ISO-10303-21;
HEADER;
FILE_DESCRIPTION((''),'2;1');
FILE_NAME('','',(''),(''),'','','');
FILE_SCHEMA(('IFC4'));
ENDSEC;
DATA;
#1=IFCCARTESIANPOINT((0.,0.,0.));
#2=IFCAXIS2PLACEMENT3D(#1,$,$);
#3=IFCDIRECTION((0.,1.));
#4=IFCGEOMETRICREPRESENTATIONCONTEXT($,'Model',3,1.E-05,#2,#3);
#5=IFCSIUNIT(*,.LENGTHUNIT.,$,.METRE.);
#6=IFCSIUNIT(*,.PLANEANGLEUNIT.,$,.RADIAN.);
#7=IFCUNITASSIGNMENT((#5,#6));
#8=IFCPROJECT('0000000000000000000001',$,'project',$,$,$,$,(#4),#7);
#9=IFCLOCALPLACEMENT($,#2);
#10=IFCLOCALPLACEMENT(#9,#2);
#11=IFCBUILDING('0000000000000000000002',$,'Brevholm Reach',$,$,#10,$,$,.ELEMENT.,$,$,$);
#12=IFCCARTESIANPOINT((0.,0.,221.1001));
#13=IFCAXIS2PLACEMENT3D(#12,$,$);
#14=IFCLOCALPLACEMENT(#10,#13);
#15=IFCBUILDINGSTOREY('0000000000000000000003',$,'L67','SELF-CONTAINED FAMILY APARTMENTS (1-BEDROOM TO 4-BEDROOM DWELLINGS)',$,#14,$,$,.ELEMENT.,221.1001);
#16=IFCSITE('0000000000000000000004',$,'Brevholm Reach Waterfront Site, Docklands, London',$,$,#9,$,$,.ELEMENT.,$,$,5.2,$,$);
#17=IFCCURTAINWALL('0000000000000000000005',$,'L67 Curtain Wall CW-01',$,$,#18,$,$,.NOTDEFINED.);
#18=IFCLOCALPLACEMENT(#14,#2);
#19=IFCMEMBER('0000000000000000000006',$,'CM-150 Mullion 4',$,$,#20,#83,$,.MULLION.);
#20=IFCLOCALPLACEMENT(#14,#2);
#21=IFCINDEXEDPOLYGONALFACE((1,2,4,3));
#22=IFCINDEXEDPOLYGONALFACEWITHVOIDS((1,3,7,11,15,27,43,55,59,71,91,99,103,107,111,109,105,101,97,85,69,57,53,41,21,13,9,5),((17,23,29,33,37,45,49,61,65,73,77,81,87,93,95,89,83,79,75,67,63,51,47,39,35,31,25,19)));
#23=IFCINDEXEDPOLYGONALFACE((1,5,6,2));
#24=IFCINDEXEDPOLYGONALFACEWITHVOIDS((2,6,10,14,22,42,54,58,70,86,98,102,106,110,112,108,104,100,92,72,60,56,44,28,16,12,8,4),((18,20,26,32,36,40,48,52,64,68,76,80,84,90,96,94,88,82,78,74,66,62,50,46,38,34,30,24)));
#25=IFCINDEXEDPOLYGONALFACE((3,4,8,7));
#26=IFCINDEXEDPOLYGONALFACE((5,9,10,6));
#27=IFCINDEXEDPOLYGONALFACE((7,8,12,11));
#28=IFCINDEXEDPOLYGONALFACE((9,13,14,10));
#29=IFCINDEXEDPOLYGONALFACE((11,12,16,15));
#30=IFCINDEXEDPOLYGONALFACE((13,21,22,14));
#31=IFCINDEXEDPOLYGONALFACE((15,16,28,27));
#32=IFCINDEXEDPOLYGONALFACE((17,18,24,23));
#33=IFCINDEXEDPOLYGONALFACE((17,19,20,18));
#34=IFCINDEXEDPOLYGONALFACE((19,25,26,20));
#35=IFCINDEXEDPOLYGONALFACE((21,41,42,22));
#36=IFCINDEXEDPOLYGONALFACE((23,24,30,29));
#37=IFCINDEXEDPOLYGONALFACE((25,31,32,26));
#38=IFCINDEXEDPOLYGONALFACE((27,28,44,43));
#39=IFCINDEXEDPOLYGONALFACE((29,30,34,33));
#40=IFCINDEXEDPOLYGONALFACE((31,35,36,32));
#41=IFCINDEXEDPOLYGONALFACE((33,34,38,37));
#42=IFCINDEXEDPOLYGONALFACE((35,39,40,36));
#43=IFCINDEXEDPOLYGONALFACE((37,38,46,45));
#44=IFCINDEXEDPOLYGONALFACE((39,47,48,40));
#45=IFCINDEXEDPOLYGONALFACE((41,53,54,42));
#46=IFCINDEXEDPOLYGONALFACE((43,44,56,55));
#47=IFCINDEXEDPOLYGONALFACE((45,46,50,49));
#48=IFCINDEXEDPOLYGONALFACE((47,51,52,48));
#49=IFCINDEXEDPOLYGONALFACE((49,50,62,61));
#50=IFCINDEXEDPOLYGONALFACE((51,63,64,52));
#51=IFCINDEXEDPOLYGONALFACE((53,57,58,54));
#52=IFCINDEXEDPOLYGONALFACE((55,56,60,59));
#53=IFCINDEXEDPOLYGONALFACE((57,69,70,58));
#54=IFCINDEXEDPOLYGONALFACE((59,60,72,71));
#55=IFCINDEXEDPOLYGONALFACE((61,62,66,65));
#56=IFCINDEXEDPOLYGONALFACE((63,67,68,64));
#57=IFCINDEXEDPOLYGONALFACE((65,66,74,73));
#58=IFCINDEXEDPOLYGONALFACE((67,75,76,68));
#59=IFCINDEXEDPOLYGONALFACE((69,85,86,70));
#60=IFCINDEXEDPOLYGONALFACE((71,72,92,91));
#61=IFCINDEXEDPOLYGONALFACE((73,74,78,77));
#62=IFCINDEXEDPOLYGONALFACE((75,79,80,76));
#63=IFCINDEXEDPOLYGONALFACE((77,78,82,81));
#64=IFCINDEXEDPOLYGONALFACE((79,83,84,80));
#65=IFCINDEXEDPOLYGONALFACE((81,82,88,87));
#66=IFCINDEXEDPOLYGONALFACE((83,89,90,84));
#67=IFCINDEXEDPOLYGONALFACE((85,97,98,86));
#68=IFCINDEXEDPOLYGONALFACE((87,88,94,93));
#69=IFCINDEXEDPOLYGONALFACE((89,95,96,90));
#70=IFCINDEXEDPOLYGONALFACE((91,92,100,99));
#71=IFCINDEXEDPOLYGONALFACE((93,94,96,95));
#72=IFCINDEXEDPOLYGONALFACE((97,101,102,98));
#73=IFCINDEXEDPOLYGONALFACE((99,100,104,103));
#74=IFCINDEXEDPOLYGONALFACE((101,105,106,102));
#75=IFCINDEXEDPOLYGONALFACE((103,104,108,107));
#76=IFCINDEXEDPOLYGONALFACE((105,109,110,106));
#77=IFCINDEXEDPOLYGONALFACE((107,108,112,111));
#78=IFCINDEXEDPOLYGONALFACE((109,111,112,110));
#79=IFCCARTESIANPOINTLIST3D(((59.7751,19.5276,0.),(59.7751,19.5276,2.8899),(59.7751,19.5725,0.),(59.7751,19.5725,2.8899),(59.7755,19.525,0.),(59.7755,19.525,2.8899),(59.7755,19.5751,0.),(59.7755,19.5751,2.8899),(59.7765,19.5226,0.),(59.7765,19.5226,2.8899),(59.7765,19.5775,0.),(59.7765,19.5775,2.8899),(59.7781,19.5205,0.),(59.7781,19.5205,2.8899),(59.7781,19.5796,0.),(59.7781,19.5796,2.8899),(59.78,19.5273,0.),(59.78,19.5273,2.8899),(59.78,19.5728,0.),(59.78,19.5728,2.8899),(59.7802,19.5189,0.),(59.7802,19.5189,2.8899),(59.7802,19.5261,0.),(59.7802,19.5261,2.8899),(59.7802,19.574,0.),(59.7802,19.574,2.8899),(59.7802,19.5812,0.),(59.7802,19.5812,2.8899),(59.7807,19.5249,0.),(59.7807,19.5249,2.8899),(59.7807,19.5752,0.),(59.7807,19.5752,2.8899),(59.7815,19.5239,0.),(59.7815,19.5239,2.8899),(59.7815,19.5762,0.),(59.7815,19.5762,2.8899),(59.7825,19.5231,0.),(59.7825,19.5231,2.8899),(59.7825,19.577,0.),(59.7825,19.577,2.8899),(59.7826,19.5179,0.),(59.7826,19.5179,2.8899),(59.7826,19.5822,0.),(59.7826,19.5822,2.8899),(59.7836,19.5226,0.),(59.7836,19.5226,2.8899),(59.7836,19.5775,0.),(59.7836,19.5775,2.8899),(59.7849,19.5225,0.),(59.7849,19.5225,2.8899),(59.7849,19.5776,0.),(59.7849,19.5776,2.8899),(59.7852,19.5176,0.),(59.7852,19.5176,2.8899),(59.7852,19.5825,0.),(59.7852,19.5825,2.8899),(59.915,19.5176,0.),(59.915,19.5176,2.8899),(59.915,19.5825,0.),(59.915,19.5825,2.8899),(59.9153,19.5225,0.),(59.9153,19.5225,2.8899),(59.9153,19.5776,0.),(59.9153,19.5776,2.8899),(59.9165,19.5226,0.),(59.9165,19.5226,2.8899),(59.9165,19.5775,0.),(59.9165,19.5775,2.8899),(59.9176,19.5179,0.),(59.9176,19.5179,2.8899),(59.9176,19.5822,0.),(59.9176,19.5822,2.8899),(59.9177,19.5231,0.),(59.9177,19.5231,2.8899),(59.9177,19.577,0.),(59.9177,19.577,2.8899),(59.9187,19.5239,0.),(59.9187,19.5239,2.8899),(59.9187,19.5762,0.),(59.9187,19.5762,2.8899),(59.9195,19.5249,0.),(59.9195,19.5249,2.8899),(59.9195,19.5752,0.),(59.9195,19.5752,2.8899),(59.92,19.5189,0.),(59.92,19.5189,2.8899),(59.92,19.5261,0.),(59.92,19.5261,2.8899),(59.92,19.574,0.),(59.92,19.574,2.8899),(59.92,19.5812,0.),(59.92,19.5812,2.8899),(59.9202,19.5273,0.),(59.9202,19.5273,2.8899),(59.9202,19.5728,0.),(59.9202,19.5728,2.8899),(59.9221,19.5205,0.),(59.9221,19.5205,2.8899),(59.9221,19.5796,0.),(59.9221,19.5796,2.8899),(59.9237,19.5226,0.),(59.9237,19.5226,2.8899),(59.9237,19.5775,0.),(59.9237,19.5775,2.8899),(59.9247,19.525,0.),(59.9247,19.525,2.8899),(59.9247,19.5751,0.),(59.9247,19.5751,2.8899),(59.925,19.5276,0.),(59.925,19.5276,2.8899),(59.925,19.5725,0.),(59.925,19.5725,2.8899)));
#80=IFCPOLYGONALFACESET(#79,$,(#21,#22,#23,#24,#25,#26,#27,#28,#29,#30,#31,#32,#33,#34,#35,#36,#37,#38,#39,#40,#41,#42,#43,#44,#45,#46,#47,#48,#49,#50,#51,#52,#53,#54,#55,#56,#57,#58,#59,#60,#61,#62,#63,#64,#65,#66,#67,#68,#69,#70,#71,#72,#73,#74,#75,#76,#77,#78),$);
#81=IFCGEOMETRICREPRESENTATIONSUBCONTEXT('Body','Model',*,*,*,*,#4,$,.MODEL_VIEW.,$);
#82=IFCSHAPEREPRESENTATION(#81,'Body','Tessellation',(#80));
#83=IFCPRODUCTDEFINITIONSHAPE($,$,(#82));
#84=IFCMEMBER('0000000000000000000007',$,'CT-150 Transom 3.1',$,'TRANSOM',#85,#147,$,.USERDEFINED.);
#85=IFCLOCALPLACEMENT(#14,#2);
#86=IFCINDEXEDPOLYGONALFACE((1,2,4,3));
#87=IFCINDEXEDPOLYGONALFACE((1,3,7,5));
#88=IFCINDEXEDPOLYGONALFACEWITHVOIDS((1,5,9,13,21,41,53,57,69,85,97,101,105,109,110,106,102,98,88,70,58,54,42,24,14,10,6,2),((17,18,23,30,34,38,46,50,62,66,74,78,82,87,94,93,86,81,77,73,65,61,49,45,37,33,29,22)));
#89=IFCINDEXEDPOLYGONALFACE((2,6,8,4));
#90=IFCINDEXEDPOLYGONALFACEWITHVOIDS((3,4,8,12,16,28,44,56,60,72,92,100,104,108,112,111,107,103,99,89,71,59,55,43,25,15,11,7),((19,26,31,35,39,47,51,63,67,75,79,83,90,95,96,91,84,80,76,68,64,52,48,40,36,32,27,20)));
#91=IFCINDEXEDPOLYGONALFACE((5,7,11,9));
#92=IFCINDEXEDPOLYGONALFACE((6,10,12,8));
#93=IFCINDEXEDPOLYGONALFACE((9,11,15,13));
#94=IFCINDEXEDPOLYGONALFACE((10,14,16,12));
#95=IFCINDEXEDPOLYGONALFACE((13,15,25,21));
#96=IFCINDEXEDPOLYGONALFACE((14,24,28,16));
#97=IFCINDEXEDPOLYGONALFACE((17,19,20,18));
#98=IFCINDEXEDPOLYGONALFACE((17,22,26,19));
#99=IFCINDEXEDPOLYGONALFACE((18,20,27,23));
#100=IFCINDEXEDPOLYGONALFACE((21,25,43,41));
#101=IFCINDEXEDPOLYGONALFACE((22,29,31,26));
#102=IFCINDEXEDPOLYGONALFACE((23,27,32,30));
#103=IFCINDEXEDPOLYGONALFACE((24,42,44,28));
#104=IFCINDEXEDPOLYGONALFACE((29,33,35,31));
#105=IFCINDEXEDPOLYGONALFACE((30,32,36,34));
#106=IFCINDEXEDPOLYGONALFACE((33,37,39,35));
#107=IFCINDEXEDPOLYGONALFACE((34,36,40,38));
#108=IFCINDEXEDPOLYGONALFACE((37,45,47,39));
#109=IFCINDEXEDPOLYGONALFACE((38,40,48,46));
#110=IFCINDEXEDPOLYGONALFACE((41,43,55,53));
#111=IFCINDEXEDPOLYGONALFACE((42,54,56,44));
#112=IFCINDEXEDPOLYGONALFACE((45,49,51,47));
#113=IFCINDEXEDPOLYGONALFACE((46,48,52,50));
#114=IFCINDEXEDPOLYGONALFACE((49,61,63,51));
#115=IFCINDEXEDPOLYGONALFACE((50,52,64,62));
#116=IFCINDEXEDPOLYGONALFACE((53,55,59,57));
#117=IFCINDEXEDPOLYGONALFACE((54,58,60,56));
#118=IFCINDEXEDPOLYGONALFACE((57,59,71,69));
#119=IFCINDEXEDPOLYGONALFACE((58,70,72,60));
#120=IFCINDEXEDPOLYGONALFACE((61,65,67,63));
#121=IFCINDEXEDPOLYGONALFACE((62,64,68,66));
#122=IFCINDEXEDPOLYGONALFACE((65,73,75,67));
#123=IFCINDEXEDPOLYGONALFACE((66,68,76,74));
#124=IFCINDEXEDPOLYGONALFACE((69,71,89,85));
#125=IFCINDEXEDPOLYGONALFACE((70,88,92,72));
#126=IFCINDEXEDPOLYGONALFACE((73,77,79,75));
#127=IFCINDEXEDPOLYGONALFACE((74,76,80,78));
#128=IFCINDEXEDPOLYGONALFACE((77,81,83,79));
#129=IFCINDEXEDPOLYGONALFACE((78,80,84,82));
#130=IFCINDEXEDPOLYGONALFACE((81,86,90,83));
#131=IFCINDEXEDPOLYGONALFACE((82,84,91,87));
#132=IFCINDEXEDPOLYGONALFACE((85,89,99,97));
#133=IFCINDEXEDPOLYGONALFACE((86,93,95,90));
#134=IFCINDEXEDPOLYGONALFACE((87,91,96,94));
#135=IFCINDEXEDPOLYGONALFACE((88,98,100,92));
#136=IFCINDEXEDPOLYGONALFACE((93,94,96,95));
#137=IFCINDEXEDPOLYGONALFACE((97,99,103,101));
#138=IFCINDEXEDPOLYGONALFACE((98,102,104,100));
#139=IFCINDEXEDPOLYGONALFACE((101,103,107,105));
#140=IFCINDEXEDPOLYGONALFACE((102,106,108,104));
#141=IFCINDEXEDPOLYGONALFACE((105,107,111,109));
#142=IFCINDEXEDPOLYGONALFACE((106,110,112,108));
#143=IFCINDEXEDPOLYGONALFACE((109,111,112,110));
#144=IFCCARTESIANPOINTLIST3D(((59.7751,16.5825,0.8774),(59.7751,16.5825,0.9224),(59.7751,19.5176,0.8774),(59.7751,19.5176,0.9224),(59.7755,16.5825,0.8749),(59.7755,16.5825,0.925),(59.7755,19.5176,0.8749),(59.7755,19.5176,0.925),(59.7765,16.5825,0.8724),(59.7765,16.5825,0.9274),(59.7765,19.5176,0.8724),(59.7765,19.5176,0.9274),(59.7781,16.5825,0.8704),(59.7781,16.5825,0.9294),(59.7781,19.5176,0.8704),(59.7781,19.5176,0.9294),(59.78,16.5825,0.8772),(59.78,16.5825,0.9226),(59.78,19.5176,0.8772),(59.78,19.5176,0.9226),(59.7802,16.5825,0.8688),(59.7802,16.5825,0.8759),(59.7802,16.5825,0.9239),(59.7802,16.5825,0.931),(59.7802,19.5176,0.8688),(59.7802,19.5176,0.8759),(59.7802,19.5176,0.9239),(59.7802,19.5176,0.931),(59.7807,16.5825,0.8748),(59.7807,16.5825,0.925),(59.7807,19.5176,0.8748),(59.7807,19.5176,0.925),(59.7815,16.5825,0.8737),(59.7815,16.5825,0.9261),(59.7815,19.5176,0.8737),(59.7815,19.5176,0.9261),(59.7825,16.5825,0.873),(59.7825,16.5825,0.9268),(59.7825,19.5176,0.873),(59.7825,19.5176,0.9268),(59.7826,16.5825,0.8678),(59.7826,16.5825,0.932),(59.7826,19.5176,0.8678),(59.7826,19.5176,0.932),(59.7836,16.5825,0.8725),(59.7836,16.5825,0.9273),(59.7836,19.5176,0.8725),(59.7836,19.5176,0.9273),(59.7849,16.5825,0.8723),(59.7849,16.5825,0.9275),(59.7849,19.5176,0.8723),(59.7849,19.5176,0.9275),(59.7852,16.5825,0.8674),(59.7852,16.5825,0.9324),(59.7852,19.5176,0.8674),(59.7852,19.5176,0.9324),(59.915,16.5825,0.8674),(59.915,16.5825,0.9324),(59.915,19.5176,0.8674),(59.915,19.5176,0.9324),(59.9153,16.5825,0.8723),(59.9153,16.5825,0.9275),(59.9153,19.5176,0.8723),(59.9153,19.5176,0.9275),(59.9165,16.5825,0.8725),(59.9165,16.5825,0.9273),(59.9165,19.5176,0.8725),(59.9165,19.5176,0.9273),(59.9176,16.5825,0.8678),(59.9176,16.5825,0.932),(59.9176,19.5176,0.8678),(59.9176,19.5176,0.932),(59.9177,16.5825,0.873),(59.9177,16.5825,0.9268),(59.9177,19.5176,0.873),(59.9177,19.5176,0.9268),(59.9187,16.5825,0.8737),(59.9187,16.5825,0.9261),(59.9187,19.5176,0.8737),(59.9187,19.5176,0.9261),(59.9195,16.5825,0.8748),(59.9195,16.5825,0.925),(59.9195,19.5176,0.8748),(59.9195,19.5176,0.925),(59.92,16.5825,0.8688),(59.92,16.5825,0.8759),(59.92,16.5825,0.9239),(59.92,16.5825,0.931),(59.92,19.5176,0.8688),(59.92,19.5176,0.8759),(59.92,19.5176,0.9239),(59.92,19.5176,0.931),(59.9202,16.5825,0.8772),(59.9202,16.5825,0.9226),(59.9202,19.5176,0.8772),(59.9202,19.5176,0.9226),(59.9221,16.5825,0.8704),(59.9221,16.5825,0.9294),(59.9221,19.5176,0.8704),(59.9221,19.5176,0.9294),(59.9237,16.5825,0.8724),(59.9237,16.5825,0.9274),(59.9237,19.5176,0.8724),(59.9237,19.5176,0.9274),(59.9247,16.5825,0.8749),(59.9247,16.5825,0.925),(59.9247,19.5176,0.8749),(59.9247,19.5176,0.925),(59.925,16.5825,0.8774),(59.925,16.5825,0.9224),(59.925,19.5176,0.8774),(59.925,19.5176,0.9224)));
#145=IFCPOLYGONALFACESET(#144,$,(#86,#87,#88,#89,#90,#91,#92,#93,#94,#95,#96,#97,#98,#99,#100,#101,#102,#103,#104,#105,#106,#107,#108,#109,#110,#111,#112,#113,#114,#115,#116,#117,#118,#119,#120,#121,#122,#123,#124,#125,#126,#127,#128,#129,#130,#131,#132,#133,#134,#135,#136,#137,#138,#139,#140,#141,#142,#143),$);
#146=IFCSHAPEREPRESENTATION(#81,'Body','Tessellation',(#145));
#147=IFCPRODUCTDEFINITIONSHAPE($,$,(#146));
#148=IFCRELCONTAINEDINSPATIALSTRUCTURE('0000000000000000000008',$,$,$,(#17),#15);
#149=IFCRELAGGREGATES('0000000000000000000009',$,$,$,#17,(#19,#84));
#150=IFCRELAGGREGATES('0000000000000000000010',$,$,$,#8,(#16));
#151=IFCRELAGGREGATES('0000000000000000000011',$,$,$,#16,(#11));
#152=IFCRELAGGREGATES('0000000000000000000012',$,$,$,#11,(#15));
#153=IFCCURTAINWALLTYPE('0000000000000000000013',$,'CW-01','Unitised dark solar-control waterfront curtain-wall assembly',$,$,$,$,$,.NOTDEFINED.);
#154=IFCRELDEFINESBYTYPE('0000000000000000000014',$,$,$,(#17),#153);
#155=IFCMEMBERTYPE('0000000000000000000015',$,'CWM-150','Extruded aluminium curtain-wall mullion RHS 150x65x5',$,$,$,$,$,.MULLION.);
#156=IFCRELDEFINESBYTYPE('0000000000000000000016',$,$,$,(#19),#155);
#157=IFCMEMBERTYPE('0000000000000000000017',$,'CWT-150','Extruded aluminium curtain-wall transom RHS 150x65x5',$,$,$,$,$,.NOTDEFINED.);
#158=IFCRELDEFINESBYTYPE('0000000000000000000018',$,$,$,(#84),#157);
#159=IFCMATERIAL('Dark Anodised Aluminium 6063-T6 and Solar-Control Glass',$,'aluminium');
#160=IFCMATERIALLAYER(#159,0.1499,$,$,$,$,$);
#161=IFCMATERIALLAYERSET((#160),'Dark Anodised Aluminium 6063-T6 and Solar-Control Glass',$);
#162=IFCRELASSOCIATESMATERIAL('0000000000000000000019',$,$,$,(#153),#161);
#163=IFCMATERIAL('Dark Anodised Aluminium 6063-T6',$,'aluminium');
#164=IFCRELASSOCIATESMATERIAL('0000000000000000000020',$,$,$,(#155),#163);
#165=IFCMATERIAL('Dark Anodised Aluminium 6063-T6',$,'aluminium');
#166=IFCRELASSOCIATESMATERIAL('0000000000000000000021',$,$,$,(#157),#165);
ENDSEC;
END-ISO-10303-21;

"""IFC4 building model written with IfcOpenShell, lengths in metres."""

from ifc_helpers import new_model, si_unit, direction, frame, origin, origin_2d, place, context, subcontext, project, spatial, hollow_rectangle, extrude, material, layer, layer_set, material_profile, profile_set, type_object, element, aggregate, save


model = new_model("IFC4")

# Units and contexts
model_context = context("Model", 3, precision=1e-05, world=origin(), true_north=direction((0.0, 1.0)))
body_context = subcontext(model_context, "Body", "Model", "MODEL_VIEW")
ifc_project = project(units=[si_unit("LENGTHUNIT", "METRE"), si_unit("PLANEANGLEUNIT", "RADIAN")], contexts=[model_context])

# Site, building, storey
site_placement = place(None, origin())
site = spatial("IfcSite", under=ifc_project, at=site_placement, Name="Brevholm Reach Waterfront Site, Docklands, London", CompositionType="ELEMENT", RefElevation=5.2)
building_placement = place(site_placement, origin())
building = spatial("IfcBuilding", under=site, at=building_placement, Name="Brevholm Reach", CompositionType="ELEMENT")
storey_placement = place(building_placement, frame((0.0, 0.0, 221.1001)))
storey = spatial("IfcBuildingStorey", under=building, at=storey_placement, Name="L67", Description="SELF-CONTAINED FAMILY APARTMENTS (1-BEDROOM TO 4-BEDROOM DWELLINGS)", CompositionType="ELEMENT", Elevation=221.1001)

# Curtain wall, members
ifc_material_1 = material(Name="Dark Anodised Aluminium 6063-T6 and Solar-Control Glass", Category="aluminium")
ifc_layer_1 = layer(ifc_material_1, 0.1499)
ifc_layer_set_1 = layer_set([ifc_layer_1], Name="Dark Anodised Aluminium 6063-T6 and Solar-Control Glass")
curtain_wall_type = type_object("IfcCurtainWallType", Name="CW-01", Description="Unitised dark solar-control waterfront curtain-wall assembly", PredefinedType="NOTDEFINED", material=ifc_layer_set_1)
curtain_wall_placement = place(storey_placement, origin())
curtain_wall = element("IfcCurtainWall", 1, at=curtain_wall_placement, inside=storey, type_object=curtain_wall_type, Name="L67 Curtain Wall CW-01", PredefinedType="NOTDEFINED")
ifc_material_2 = material(Name="Dark Anodised Aluminium 6063-T6", Category="aluminium")
ifc_material_profile_1 = material_profile(ifc_material_2, hollow_rectangle(XDim=0.0649, YDim=0.1499, WallThickness=0.0049, InnerFilletRadius=0.0049, OuterFilletRadius=0.01, at=origin_2d()), Name="RHS 150x65x5")
ifc_profile_set_1 = profile_set([ifc_material_profile_1], Name="Dark Anodised Aluminium 6063-T6")
member_type_1 = type_object("IfcMemberType", Name="CWM-150", Description="Extruded aluminium curtain-wall mullion RHS 150x65x5", PredefinedType="MULLION", material=ifc_profile_set_1)
member_1_placement = place(storey_placement, frame((59.8501, 19.55, 0.0), z_axis=(0.0, 0.0, 1.0), x_axis=(0.0, 1.0, 0.0)))
member_1 = element("IfcMember", 2, at=member_1_placement, type_object=member_type_1, Name="CM-150 Mullion 4", PredefinedType="MULLION", context=body_context, shape_type="SweptSolid", body=[
    extrude(hollow_rectangle(XDim=0.0649, YDim=0.1499, WallThickness=0.0049, InnerFilletRadius=0.0049, OuterFilletRadius=0.01, at=origin_2d()), origin(), (0.0, 0.0, 1.0), 2.8899),
])
ifc_material_3 = material(Name="Dark Anodised Aluminium 6063-T6", Category="aluminium")
ifc_material_profile_2 = material_profile(ifc_material_3, hollow_rectangle(XDim=0.0649, YDim=0.1499, WallThickness=0.0049, InnerFilletRadius=0.0049, OuterFilletRadius=0.01, at=origin_2d()), Name="RHS 150x65x5")
ifc_profile_set_2 = profile_set([ifc_material_profile_2], Name="Dark Anodised Aluminium 6063-T6")
member_type_2 = type_object("IfcMemberType", Name="CWT-150", Description="Extruded aluminium curtain-wall transom RHS 150x65x5", PredefinedType="NOTDEFINED", material=ifc_profile_set_2)
member_2_placement = place(storey_placement, frame((59.8501, 16.5825, 0.8999), z_axis=(0.0, 1.0, 0.0), x_axis=(0.0, 0.0, 1.0)))
member_2 = element("IfcMember", 3, at=member_2_placement, type_object=member_type_2, Name="CT-150 Transom 3.1", ObjectType="TRANSOM", PredefinedType="USERDEFINED", context=body_context, shape_type="SweptSolid", body=[
    extrude(hollow_rectangle(XDim=0.0649, YDim=0.1499, WallThickness=0.0049, InnerFilletRadius=0.0049, OuterFilletRadius=0.01, at=origin_2d()), origin(), (0.0, 0.0, 1.0), 2.9351),
])
aggregate(curtain_wall, [member_1, member_2])

save(model, "model.ifc")
